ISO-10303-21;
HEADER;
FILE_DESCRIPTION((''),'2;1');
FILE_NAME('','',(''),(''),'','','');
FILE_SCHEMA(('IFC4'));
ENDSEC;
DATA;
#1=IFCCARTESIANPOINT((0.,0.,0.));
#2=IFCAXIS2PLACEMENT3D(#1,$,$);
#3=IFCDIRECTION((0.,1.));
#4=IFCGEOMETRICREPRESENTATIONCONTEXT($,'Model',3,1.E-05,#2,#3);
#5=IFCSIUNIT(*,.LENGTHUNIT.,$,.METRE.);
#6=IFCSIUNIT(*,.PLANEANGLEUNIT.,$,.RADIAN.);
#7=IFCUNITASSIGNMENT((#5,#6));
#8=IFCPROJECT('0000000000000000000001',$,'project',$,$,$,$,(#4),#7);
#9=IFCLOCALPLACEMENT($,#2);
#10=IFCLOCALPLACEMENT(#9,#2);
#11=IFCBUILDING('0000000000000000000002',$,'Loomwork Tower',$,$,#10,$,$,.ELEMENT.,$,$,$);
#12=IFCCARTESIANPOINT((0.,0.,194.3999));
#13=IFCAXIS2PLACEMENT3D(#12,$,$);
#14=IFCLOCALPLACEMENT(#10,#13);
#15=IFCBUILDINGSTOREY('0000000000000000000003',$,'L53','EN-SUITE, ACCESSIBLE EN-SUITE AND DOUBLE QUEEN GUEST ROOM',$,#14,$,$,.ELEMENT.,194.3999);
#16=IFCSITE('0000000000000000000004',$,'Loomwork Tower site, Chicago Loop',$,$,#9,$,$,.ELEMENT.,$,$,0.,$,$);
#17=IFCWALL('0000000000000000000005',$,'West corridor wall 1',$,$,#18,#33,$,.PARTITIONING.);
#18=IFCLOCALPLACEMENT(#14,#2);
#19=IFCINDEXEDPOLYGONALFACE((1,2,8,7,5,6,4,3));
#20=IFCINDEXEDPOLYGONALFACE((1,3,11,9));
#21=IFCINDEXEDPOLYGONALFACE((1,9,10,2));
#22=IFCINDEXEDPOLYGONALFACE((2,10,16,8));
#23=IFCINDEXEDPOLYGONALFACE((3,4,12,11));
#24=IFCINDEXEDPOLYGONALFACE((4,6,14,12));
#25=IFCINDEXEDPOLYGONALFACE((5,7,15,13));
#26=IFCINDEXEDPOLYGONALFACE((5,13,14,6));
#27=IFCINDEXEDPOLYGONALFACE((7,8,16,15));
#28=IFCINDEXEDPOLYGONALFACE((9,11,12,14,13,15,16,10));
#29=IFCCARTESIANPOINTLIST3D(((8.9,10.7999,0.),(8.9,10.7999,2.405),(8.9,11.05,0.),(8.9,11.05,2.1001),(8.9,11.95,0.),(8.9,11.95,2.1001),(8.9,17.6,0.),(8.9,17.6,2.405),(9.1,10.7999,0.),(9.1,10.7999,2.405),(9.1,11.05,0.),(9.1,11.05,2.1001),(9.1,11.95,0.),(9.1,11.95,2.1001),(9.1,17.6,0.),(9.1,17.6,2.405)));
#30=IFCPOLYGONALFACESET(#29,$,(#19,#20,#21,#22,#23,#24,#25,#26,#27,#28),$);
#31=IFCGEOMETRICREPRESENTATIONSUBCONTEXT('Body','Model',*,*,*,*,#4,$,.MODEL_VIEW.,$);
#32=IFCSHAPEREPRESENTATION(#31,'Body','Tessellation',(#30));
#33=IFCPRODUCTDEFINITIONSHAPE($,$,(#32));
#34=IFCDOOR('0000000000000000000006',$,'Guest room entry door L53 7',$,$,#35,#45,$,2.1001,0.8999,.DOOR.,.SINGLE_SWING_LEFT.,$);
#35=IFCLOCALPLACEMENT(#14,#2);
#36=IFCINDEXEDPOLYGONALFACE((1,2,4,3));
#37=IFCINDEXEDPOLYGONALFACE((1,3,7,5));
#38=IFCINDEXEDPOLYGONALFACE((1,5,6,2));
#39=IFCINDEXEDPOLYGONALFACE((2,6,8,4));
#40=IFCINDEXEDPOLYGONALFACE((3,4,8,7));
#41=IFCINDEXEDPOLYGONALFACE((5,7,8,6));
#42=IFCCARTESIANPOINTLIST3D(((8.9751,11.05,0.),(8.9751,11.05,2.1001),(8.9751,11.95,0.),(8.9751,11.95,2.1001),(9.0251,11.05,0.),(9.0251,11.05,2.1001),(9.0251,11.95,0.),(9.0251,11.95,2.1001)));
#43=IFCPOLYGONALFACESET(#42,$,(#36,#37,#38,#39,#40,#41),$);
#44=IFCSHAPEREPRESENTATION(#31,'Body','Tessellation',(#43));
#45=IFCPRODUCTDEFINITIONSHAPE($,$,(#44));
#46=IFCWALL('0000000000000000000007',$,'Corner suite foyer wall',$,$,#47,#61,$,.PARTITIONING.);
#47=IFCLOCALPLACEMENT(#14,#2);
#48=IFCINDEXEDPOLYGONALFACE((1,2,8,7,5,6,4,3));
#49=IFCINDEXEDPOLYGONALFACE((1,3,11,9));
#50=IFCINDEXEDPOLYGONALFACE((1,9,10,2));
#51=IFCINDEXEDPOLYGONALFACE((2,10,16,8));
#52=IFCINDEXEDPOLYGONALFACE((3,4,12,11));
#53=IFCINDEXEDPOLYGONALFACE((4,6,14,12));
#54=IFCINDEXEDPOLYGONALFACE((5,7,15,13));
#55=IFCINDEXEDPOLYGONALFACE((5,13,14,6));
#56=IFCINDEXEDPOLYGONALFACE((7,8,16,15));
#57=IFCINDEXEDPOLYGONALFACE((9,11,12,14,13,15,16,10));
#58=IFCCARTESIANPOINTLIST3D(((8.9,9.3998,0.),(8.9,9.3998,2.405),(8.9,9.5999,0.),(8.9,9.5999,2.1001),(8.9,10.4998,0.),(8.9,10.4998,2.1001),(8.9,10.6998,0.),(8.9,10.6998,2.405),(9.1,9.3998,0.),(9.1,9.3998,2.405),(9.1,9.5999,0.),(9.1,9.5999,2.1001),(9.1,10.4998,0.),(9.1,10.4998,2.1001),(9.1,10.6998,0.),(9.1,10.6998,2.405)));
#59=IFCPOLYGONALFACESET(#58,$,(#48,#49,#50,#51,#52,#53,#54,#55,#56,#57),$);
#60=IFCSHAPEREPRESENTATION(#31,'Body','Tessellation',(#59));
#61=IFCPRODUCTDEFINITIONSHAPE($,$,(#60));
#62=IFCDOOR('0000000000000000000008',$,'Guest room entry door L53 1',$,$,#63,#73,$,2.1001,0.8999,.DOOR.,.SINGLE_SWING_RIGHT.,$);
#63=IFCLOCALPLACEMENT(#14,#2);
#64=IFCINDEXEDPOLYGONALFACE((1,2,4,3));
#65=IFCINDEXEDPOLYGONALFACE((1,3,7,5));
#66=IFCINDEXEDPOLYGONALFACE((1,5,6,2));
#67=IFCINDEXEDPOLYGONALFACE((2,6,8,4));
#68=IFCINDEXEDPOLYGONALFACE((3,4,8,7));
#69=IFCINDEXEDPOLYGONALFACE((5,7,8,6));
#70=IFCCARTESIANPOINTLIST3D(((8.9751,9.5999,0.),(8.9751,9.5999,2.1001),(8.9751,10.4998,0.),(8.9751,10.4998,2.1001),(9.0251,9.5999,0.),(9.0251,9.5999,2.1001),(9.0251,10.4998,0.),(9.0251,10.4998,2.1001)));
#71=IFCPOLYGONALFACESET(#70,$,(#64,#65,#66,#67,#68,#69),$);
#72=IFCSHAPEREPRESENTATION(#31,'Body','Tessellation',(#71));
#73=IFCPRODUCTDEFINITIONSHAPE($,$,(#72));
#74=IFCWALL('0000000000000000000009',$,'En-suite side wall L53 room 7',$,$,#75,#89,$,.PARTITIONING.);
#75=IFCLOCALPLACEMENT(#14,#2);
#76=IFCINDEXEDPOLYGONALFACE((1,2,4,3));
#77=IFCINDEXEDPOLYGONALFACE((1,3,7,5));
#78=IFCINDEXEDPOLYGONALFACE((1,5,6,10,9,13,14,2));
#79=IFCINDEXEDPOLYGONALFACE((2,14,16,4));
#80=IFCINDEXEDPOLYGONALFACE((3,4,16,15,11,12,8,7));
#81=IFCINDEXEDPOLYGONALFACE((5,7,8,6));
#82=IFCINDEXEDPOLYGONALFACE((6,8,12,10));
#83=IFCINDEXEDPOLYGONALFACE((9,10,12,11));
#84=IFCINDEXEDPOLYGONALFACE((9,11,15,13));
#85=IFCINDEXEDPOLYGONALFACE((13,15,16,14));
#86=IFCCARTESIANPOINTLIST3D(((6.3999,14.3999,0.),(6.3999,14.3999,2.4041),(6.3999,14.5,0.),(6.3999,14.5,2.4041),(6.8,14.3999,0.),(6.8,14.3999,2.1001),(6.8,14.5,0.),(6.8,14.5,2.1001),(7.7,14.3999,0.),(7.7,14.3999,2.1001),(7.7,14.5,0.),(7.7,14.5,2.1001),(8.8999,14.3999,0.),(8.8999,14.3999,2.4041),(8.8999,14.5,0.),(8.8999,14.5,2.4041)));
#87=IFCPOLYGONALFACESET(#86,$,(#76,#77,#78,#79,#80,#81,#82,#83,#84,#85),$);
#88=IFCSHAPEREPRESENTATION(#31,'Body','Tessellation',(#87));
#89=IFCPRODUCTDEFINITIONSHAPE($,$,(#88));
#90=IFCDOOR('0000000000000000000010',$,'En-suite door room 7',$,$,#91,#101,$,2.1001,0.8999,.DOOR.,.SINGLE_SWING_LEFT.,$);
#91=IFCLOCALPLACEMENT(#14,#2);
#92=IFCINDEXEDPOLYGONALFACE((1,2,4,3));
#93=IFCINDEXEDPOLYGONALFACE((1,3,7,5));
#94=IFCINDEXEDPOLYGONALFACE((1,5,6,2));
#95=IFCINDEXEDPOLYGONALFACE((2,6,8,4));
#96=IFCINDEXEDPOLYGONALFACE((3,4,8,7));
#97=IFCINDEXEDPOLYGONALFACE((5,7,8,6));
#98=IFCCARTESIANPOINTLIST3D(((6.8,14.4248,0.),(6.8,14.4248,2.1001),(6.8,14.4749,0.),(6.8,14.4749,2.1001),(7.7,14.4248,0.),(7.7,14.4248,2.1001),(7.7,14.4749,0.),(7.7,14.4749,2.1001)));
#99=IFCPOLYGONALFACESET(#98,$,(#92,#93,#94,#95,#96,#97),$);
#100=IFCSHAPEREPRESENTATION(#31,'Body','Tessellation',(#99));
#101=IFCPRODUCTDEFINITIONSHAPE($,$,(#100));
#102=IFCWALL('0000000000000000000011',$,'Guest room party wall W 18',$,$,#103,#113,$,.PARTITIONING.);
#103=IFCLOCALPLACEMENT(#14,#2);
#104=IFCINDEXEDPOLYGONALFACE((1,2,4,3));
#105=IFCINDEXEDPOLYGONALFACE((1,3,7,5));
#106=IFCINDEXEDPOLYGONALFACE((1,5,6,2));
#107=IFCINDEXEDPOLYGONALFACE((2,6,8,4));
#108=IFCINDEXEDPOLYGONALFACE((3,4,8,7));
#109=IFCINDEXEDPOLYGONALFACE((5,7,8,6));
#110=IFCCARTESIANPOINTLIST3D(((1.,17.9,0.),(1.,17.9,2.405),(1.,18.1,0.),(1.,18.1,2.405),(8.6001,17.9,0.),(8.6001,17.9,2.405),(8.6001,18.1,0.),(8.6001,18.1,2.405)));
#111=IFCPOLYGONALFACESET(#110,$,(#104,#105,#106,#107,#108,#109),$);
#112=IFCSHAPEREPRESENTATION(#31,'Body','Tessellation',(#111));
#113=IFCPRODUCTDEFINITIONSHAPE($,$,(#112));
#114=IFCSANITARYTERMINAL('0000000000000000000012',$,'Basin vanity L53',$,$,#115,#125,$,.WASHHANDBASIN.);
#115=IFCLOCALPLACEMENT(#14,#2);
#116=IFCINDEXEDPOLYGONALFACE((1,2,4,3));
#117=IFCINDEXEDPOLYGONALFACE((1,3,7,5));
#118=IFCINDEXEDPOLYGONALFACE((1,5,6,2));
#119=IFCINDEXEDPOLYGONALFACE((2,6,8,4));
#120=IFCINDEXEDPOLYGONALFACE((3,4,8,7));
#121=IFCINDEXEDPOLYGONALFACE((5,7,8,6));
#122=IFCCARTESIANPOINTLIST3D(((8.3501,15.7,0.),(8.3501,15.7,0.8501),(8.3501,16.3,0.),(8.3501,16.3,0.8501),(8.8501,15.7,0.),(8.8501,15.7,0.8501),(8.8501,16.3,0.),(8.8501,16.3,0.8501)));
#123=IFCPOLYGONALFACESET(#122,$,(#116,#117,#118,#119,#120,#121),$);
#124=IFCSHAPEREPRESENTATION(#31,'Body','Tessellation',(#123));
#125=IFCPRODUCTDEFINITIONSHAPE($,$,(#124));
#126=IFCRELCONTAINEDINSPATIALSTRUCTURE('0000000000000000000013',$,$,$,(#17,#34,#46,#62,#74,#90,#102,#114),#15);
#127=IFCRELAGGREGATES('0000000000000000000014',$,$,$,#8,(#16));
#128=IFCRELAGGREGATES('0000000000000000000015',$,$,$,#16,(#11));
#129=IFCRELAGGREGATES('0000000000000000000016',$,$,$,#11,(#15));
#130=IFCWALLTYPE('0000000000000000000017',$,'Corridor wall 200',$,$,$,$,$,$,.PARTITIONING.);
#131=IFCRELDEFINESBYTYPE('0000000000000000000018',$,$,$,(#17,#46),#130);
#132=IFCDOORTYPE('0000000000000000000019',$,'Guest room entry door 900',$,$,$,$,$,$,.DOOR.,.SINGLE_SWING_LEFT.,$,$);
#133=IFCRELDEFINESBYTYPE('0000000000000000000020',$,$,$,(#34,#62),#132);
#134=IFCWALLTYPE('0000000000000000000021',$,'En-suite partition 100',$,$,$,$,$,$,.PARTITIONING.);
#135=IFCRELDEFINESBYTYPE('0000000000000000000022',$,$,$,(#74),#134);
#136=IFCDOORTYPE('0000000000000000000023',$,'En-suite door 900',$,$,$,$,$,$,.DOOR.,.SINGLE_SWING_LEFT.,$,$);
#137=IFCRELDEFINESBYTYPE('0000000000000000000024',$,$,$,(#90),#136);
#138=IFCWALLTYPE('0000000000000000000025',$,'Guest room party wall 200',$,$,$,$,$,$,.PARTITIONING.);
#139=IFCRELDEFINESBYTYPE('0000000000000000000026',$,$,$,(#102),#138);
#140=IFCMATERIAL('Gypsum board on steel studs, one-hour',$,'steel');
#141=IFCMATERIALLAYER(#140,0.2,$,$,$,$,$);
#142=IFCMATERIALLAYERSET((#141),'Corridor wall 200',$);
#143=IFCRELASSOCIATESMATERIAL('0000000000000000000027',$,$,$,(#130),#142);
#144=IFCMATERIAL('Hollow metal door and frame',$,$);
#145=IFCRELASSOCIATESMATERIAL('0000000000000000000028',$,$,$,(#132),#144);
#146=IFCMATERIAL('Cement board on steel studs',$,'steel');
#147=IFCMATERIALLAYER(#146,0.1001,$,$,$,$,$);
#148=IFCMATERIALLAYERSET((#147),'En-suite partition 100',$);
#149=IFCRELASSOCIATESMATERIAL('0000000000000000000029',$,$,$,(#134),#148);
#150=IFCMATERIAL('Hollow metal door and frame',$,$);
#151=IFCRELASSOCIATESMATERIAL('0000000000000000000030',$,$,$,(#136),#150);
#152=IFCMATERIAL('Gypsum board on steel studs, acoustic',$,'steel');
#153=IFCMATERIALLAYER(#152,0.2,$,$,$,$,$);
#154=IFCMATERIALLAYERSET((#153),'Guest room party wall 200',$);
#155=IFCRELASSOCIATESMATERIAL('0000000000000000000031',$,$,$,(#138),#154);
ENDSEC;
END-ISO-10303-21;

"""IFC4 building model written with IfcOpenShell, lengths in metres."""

from ifc_helpers import new_model, si_unit, direction, frame, frame_2d, origin, origin_2d, place, context, subcontext, project, spatial, rectangle, extrude, material, layer, layer_set, type_object, element, fill, save


model = new_model("IFC4")

# Units and contexts
model_context = context("Model", 3, precision=1e-05, world=origin(), true_north=direction((0.0, 1.0)))
body_context = subcontext(model_context, "Body", "Model", "MODEL_VIEW")
ifc_project = project(units=[si_unit("LENGTHUNIT", "METRE"), si_unit("PLANEANGLEUNIT", "RADIAN")], contexts=[model_context])

# Site, building, storey
site_placement = place(None, origin())
site = spatial("IfcSite", under=ifc_project, at=site_placement, Name="Loomwork Tower site, Chicago Loop", CompositionType="ELEMENT", RefElevation=0.0)
building_placement = place(site_placement, origin())
building = spatial("IfcBuilding", under=site, at=building_placement, Name="Loomwork Tower", CompositionType="ELEMENT")
storey_placement = place(building_placement, frame((0.0, 0.0, 194.3999)))
storey = spatial("IfcBuildingStorey", under=building, at=storey_placement, Name="L53", Description="EN-SUITE, ACCESSIBLE EN-SUITE AND DOUBLE QUEEN GUEST ROOM", CompositionType="ELEMENT", Elevation=194.3999)

# Walls, openings, doors
ifc_material_1 = material(Name="Gypsum board on steel studs, one-hour", Category="steel")
ifc_layer_1 = layer(ifc_material_1, 0.2)
ifc_layer_set_1 = layer_set([ifc_layer_1], Name="Corridor wall 200")
wall_type_1 = type_object("IfcWallType", Name="Corridor wall 200", PredefinedType="PARTITIONING", material=ifc_layer_set_1)
wall_1_placement = place(storey_placement, frame((9.0, 10.8, 0.0), z_axis=(0.0, 0.0, 1.0), x_axis=(0.0, 1.0, 0.0)))
wall_1 = element("IfcWall", 1, at=wall_1_placement, inside=storey, type_object=wall_type_1, Name="West corridor wall 1", PredefinedType="PARTITIONING", context=body_context, shape_type="SweptSolid", body=[
    extrude(rectangle(XDim=6.8, YDim=0.2, at=frame_2d((3.3999, 0.0))), origin(), (0.0, 0.0, 1.0), 2.405),
])
opening_1_placement = place(wall_1_placement, frame((0.25, 0.0, 0.0)))
opening_1 = element("IfcOpeningElement", 2, at=opening_1_placement, cuts=wall_1, PredefinedType="OPENING", context=body_context, shape_type="SweptSolid", body=[
    extrude(rectangle(XDim=0.8999, YDim=2.1001, at=frame_2d((0.45, 1.05))), frame((0.0, 0.1099, 0.0), z_axis=(0.0, -1.0, 0.0), x_axis=(1.0, 0.0, 0.0)), (0.0, 0.0, 1.0), 0.22),
])
ifc_material_2 = material(Name="Hollow metal door and frame")
door_type_1 = type_object("IfcDoorType", Name="Guest room entry door 900", OperationType="SINGLE_SWING_LEFT", PredefinedType="DOOR", material=ifc_material_2)
door_1_placement = place(opening_1_placement, origin())
door_1 = element("IfcDoor", 3, at=door_1_placement, inside=storey, type_object=door_type_1, Name="Guest room entry door L53 7", OperationType="SINGLE_SWING_LEFT", OverallHeight=2.1001, OverallWidth=0.8999, PredefinedType="DOOR", context=body_context, shape_type="SweptSolid", body=[
    extrude(rectangle(XDim=0.8999, YDim=2.1001, at=frame_2d((0.45, 1.05))), frame((0.0, 0.0249, 0.0), z_axis=(0.0, -1.0, 0.0), x_axis=(1.0, 0.0, 0.0)), (0.0, 0.0, 1.0), 0.05),
])
fill(opening_1, door_1)
wall_2_placement = place(storey_placement, frame((9.0, 9.3999, 0.0), z_axis=(0.0, 0.0, 1.0), x_axis=(0.0, 1.0, 0.0)))
wall_2 = element("IfcWall", 4, at=wall_2_placement, inside=storey, type_object=wall_type_1, Name="Corner suite foyer wall", PredefinedType="PARTITIONING", context=body_context, shape_type="SweptSolid", body=[
    extrude(rectangle(XDim=1.3, YDim=0.2, at=frame_2d((0.6499, 0.0))), origin(), (0.0, 0.0, 1.0), 2.405),
])
opening_2_placement = place(wall_2_placement, frame((0.2, 0.0, 0.0)))
opening_2 = element("IfcOpeningElement", 5, at=opening_2_placement, cuts=wall_2, PredefinedType="OPENING", context=body_context, shape_type="SweptSolid", body=[
    extrude(rectangle(XDim=0.8999, YDim=2.1001, at=frame_2d((0.45, 1.05))), frame((0.0, 0.1099, 0.0), z_axis=(0.0, -1.0, 0.0), x_axis=(1.0, 0.0, 0.0)), (0.0, 0.0, 1.0), 0.22),
])
door_2_placement = place(opening_2_placement, origin())
door_2 = element("IfcDoor", 6, at=door_2_placement, inside=storey, type_object=door_type_1, Name="Guest room entry door L53 1", OperationType="SINGLE_SWING_RIGHT", OverallHeight=2.1001, OverallWidth=0.8999, PredefinedType="DOOR", context=body_context, shape_type="SweptSolid", body=[
    extrude(rectangle(XDim=0.8999, YDim=2.1001, at=frame_2d((0.45, 1.05))), frame((0.0, 0.0249, 0.0), z_axis=(0.0, -1.0, 0.0), x_axis=(1.0, 0.0, 0.0)), (0.0, 0.0, 1.0), 0.05),
])
fill(opening_2, door_2)
ifc_material_3 = material(Name="Cement board on steel studs", Category="steel")
ifc_layer_2 = layer(ifc_material_3, 0.1001)
ifc_layer_set_2 = layer_set([ifc_layer_2], Name="En-suite partition 100")
wall_type_2 = type_object("IfcWallType", Name="En-suite partition 100", PredefinedType="PARTITIONING", material=ifc_layer_set_2)
wall_3_placement = place(storey_placement, frame((8.8999, 14.45, 0.0), z_axis=(0.0, 0.0, 1.0), x_axis=(-1.0, 0.0, 0.0)))
wall_3 = element("IfcWall", 7, at=wall_3_placement, inside=storey, type_object=wall_type_2, Name="En-suite side wall L53 room 7", PredefinedType="PARTITIONING", context=body_context, shape_type="SweptSolid", body=[
    extrude(rectangle(XDim=2.5, YDim=0.1001, at=frame_2d((1.25, 0.0))), origin(), (0.0, 0.0, 1.0), 2.4041),
])
opening_3_placement = place(wall_3_placement, frame((1.2, 0.0, 0.0)))
opening_3 = element("IfcOpeningElement", 8, at=opening_3_placement, cuts=wall_3, PredefinedType="OPENING", context=body_context, shape_type="SweptSolid", body=[
    extrude(rectangle(XDim=0.8999, YDim=2.1001, at=frame_2d((0.45, 1.05))), frame((0.0, 0.0601, 0.0), z_axis=(0.0, -1.0, 0.0), x_axis=(1.0, 0.0, 0.0)), (0.0, 0.0, 1.0), 0.1201),
])
ifc_material_4 = material(Name="Hollow metal door and frame")
door_type_2 = type_object("IfcDoorType", Name="En-suite door 900", OperationType="SINGLE_SWING_LEFT", PredefinedType="DOOR", material=ifc_material_4)
door_3_placement = place(opening_3_placement, frame((0.8999, 0.0, 0.0), z_axis=(0.0, 0.0, 1.0), x_axis=(-1.0, 0.0, 0.0)))
door_3 = element("IfcDoor", 9, at=door_3_placement, inside=storey, type_object=door_type_2, Name="En-suite door room 7", OperationType="SINGLE_SWING_LEFT", OverallHeight=2.1001, OverallWidth=0.8999, PredefinedType="DOOR", context=body_context, shape_type="SweptSolid", body=[
    extrude(rectangle(XDim=0.8999, YDim=2.1001, at=frame_2d((0.45, 1.05))), frame((0.0, 0.0249, 0.0), z_axis=(0.0, -1.0, 0.0), x_axis=(1.0, 0.0, 0.0)), (0.0, 0.0, 1.0), 0.05),
])
fill(opening_3, door_3)

# Wall
ifc_material_5 = material(Name="Gypsum board on steel studs, acoustic", Category="steel")
ifc_layer_3 = layer(ifc_material_5, 0.2)
ifc_layer_set_3 = layer_set([ifc_layer_3], Name="Guest room party wall 200")
wall_type_3 = type_object("IfcWallType", Name="Guest room party wall 200", PredefinedType="PARTITIONING", material=ifc_layer_set_3)
wall_4_placement = place(storey_placement, frame((8.6001, 18.0, 0.0), z_axis=(0.0, 0.0, 1.0), x_axis=(-1.0, 0.0, 0.0)))
element("IfcWall", 10, at=wall_4_placement, inside=storey, type_object=wall_type_3, Name="Guest room party wall W 18", PredefinedType="PARTITIONING", context=body_context, shape_type="SweptSolid", body=[
    extrude(rectangle(XDim=7.6001, YDim=0.2, at=frame_2d((3.8, 0.0))), origin(), (0.0, 0.0, 1.0), 2.405),
])

# Sanitary terminal
sanitary_terminal_placement = place(storey_placement, frame((8.6001, 16.0, 0.0), z_axis=(0.0, 0.0, 1.0), x_axis=(1.0, 0.0, 0.0)))
element("IfcSanitaryTerminal", 11, at=sanitary_terminal_placement, inside=storey, Name="Basin vanity L53", PredefinedType="WASHHANDBASIN", context=body_context, shape_type="SweptSolid", body=[
    extrude(rectangle(XDim=0.5, YDim=0.6001, at=origin_2d()), origin(), (0.0, 0.0, 1.0), 0.8501),
])

save(model, "model.ifc")
